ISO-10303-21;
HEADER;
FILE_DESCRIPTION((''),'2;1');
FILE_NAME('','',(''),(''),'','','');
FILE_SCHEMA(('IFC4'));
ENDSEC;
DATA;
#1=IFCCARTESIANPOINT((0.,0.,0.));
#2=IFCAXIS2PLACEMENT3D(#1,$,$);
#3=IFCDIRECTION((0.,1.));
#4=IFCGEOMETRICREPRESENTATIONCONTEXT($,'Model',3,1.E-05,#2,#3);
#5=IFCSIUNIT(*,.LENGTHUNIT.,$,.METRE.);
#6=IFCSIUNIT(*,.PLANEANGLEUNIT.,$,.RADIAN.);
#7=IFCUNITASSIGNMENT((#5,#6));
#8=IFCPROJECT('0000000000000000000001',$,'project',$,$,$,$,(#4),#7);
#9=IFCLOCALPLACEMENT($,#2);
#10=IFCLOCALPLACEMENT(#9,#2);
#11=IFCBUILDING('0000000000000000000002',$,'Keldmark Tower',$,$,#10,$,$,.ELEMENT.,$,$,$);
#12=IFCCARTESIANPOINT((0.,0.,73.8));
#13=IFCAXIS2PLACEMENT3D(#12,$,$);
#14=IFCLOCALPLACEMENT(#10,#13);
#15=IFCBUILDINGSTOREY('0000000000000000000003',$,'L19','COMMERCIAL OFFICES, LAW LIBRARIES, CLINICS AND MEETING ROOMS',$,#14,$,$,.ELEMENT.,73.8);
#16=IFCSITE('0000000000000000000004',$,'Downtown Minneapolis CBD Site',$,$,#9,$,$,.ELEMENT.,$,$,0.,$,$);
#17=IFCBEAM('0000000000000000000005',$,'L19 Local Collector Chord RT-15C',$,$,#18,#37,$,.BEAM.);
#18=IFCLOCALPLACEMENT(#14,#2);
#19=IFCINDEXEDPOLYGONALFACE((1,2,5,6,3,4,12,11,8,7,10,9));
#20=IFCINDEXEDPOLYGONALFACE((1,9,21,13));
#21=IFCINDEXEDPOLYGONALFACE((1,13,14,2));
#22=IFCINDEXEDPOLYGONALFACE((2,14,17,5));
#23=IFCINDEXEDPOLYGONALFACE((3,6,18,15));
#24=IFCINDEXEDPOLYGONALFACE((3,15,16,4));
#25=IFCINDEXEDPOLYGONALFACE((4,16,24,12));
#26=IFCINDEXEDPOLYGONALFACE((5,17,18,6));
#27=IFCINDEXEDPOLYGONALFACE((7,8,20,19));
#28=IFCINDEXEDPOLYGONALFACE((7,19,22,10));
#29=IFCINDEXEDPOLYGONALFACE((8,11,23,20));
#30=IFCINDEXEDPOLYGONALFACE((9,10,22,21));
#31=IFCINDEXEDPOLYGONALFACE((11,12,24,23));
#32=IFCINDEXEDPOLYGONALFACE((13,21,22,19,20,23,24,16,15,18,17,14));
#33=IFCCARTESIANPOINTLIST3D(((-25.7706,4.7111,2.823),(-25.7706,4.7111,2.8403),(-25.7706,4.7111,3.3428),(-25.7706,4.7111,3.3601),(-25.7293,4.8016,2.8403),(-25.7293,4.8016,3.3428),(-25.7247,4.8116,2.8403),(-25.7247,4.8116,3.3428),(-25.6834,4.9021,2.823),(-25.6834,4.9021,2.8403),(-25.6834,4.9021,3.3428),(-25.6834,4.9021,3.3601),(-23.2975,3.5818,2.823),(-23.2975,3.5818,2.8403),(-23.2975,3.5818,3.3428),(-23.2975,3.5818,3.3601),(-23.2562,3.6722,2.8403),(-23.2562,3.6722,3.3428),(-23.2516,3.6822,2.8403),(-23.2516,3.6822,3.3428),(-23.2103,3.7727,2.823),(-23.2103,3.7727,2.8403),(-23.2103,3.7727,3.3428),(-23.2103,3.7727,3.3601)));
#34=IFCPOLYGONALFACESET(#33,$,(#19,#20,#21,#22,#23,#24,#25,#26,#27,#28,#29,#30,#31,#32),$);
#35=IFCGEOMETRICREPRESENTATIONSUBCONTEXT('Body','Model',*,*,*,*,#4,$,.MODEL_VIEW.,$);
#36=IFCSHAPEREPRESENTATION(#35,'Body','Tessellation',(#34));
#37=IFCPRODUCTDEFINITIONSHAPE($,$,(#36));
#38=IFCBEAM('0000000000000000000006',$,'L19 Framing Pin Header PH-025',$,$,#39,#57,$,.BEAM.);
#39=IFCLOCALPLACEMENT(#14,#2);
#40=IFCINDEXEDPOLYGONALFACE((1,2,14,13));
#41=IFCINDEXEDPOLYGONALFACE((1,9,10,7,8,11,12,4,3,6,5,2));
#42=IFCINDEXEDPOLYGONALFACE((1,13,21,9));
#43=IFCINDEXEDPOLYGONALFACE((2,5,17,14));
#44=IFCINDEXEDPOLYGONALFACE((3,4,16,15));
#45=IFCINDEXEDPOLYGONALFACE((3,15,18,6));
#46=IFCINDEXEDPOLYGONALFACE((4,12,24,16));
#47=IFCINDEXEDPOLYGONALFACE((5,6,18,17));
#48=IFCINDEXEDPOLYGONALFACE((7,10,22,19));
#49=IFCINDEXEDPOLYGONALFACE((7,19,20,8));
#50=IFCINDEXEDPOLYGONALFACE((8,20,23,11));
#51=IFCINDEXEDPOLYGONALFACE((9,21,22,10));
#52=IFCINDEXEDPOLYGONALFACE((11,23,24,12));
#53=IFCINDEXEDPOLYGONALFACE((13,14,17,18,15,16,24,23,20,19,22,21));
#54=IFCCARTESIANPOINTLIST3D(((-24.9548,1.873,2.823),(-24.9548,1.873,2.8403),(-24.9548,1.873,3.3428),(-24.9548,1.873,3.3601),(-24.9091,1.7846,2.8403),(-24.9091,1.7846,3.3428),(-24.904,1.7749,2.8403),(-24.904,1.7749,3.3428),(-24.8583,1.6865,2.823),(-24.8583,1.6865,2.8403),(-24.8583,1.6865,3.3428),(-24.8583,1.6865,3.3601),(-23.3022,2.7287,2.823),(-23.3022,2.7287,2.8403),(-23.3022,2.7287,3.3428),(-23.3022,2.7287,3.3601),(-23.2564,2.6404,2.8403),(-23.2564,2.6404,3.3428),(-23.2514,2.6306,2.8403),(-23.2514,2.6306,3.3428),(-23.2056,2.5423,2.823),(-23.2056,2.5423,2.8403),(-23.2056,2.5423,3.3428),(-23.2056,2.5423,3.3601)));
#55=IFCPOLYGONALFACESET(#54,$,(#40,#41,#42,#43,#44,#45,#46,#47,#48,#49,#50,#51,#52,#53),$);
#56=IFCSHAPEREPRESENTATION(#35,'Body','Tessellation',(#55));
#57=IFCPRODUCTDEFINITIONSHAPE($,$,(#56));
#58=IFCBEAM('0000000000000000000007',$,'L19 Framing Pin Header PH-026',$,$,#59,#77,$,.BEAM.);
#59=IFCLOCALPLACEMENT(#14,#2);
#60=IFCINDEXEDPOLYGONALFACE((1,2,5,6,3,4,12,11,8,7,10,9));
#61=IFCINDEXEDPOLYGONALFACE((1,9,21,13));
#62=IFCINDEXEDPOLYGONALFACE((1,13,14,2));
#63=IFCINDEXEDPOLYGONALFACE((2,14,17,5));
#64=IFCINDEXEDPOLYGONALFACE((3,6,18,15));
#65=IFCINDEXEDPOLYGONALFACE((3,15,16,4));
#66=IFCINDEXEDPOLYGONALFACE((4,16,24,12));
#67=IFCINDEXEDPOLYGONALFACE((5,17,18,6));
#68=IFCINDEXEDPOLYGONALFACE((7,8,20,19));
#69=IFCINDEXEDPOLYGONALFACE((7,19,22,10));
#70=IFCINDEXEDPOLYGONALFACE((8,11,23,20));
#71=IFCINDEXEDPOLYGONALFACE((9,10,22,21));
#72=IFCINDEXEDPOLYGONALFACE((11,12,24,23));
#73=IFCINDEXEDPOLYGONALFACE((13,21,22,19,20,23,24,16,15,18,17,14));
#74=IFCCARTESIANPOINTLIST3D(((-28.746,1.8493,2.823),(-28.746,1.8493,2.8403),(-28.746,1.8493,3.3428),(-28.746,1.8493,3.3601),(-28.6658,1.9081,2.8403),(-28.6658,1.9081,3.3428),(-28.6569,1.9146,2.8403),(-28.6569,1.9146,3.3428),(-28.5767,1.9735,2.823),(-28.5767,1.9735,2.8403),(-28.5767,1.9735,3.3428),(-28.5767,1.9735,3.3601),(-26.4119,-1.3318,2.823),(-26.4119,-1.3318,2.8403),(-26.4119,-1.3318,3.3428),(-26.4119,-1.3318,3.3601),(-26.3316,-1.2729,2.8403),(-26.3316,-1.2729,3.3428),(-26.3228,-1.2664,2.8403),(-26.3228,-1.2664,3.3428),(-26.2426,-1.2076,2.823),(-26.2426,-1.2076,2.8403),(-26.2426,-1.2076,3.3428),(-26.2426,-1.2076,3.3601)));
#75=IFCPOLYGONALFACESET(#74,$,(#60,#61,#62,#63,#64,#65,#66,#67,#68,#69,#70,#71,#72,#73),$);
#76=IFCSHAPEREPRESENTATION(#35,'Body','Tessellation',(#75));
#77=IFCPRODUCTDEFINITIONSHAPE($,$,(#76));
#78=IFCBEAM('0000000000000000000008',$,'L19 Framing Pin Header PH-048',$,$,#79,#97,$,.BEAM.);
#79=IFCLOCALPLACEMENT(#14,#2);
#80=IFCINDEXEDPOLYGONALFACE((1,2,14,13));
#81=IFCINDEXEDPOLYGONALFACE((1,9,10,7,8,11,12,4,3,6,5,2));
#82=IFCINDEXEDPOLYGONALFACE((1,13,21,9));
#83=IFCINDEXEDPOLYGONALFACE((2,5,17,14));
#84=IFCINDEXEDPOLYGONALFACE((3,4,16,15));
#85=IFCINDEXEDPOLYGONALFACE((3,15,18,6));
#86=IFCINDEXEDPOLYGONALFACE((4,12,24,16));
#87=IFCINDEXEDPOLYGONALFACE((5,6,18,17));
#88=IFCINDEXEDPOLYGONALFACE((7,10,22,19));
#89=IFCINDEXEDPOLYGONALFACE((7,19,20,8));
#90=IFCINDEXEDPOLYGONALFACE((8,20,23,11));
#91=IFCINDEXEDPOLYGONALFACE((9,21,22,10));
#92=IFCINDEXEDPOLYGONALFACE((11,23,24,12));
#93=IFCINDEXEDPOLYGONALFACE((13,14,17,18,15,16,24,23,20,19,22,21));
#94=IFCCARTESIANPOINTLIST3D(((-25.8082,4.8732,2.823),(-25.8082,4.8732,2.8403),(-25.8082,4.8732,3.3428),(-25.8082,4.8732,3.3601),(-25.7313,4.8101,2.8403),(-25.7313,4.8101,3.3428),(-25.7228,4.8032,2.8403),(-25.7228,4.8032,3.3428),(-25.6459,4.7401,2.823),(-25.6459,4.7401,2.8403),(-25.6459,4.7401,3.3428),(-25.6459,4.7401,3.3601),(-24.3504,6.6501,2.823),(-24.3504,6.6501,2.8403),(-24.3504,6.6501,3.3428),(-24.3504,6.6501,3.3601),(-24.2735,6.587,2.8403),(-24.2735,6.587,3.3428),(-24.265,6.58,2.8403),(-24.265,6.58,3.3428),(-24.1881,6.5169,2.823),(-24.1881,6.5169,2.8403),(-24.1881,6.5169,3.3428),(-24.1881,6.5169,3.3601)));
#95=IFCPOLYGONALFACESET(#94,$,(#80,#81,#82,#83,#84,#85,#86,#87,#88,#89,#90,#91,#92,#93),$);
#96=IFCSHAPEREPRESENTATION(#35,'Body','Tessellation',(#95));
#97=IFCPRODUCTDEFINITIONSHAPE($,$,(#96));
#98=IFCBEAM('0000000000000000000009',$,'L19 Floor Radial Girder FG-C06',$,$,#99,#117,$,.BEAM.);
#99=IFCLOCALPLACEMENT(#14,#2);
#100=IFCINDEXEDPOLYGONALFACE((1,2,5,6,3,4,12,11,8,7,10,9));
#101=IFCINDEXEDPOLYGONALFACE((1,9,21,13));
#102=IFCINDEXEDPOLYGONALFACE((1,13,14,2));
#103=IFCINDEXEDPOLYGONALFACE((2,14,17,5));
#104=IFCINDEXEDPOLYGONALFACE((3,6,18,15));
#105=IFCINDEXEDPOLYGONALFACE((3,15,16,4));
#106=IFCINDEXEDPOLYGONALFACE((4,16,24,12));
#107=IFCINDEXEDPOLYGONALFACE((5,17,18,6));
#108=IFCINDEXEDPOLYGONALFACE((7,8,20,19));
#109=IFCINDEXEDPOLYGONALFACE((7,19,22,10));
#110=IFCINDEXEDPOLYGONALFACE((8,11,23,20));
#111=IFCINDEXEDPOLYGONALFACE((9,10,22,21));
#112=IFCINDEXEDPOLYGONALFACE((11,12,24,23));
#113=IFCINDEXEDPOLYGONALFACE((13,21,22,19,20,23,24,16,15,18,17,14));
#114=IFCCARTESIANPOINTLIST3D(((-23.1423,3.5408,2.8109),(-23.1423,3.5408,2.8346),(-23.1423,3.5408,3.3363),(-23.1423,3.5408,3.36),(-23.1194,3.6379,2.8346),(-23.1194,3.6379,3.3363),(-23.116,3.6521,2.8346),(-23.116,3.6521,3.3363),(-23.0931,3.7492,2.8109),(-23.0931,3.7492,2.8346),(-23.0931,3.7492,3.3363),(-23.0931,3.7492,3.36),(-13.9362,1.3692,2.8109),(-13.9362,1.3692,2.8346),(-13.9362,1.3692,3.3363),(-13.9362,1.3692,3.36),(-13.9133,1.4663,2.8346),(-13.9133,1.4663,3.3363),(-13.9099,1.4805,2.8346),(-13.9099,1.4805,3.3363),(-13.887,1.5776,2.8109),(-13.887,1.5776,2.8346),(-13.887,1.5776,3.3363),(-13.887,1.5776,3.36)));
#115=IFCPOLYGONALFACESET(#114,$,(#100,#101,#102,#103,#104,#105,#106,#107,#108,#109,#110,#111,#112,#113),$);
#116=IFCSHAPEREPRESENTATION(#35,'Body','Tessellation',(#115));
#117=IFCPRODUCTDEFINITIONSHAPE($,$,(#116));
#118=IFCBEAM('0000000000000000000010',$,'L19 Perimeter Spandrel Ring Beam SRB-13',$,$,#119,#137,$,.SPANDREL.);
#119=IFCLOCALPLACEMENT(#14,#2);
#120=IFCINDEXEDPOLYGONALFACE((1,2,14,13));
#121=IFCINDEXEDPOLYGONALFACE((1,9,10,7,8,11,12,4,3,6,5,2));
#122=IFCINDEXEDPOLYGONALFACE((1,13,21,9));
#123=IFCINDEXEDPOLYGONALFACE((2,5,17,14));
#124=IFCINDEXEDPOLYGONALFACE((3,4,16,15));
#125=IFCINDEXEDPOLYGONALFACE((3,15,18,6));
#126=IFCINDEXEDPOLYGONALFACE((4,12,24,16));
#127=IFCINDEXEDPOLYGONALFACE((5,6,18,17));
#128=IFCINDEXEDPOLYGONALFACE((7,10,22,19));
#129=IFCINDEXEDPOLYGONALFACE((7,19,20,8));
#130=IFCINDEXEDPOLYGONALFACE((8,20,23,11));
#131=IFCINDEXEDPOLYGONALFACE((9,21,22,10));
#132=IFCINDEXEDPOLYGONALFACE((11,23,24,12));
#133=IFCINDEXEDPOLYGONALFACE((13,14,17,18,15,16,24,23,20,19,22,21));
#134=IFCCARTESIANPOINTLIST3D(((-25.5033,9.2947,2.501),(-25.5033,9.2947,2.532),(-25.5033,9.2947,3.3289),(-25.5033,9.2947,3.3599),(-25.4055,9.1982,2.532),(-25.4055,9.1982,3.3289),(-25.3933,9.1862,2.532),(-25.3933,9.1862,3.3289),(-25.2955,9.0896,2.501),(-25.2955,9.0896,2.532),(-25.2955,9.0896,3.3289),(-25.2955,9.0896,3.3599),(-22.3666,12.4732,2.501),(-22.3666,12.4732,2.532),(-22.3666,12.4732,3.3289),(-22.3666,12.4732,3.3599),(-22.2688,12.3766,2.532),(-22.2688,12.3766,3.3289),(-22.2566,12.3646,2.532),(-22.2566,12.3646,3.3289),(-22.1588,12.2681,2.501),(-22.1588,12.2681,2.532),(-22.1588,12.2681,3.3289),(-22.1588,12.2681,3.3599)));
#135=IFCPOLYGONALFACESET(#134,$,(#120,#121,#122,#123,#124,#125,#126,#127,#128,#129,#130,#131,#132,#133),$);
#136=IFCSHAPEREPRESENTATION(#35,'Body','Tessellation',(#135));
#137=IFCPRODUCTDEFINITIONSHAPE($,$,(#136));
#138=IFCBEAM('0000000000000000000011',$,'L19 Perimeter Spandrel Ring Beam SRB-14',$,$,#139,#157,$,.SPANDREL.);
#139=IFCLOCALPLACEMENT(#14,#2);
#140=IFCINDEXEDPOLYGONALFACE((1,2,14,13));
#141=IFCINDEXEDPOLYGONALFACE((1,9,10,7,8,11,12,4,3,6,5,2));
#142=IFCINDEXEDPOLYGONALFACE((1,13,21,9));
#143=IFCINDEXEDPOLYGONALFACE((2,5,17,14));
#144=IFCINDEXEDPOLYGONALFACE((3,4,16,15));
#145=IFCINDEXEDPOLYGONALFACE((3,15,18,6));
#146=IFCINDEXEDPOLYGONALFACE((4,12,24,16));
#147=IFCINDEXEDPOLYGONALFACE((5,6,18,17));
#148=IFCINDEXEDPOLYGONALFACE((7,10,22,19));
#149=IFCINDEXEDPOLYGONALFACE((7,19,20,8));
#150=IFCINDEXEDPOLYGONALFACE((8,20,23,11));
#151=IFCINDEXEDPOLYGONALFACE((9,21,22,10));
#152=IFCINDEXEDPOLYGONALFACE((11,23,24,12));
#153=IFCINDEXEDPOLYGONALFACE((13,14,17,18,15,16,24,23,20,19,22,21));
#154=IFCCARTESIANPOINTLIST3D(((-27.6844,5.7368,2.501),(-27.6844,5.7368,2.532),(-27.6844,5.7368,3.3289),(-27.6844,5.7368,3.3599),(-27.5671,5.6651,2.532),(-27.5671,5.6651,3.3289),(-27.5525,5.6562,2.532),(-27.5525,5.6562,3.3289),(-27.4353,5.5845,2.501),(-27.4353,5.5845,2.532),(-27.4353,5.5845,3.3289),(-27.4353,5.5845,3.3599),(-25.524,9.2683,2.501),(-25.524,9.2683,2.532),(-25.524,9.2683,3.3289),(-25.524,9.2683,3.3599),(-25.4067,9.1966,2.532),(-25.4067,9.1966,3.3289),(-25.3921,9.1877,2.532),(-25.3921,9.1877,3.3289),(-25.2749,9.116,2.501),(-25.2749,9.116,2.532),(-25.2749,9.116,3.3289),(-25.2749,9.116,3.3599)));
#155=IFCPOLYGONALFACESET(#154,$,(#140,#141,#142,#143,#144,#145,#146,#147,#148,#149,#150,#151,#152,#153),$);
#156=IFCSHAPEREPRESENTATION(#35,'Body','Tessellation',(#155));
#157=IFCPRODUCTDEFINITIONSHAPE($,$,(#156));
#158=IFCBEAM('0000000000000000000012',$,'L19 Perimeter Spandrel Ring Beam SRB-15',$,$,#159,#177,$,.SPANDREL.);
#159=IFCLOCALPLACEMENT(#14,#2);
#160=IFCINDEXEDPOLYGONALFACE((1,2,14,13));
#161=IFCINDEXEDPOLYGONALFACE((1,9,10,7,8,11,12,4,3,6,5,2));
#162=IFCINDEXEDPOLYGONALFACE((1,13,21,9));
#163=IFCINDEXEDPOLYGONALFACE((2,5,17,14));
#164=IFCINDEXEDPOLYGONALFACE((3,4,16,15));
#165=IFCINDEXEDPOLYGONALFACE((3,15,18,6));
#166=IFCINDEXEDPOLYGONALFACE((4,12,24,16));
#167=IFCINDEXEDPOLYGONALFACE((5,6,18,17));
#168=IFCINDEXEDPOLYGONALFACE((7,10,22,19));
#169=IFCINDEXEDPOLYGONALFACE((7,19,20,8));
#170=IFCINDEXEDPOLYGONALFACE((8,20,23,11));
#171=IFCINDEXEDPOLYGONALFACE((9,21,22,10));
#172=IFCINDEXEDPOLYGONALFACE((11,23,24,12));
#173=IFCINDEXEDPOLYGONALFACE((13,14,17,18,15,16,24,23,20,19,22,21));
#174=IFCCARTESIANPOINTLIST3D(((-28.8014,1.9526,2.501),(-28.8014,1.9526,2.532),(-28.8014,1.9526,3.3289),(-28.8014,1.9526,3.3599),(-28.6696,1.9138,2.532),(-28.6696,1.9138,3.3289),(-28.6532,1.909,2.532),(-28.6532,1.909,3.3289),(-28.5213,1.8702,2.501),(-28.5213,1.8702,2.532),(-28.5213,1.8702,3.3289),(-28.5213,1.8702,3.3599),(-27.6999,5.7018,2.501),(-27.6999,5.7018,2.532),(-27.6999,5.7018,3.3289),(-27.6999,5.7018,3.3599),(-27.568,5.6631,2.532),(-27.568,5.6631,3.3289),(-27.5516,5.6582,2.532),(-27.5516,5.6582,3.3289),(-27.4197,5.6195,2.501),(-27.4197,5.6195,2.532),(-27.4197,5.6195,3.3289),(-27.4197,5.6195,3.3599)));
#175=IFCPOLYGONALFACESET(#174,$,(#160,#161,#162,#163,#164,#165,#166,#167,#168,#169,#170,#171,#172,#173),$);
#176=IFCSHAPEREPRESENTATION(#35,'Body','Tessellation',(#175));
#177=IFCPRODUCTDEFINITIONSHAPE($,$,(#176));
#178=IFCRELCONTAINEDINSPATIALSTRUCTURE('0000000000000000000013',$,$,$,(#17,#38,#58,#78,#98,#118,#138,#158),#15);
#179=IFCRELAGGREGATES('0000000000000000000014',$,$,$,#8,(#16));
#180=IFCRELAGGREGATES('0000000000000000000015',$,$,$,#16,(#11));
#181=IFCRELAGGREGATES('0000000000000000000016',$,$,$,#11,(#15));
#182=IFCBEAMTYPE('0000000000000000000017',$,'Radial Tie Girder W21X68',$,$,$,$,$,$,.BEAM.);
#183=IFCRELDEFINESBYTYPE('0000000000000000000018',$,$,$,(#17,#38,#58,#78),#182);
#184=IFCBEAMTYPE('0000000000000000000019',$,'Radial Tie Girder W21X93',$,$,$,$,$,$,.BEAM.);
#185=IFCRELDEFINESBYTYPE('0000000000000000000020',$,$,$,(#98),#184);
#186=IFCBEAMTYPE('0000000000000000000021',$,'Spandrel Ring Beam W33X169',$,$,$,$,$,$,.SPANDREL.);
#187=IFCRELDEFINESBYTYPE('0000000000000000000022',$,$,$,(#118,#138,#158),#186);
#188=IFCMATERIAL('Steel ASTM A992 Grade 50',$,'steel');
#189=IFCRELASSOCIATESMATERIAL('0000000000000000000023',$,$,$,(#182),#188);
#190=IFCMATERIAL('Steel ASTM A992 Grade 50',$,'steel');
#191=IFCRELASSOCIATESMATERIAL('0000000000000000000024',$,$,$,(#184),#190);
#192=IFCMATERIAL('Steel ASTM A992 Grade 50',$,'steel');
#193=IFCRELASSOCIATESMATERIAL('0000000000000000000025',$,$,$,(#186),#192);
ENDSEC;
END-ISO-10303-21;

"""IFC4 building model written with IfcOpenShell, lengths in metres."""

from ifc_helpers import new_model, si_unit, direction, frame, origin, origin_2d, place, context, subcontext, project, spatial, i_section, extrude, material, material_profile, profile_set, type_object, element, save


model = new_model("IFC4")

# Units and contexts
model_context = context("Model", 3, precision=1e-05, world=origin(), true_north=direction((0.0, 1.0)))
body_context = subcontext(model_context, "Body", "Model", "MODEL_VIEW")
ifc_project = project(units=[si_unit("LENGTHUNIT", "METRE"), si_unit("PLANEANGLEUNIT", "RADIAN")], contexts=[model_context])

# Site, building, storey
site_placement = place(None, origin())
site = spatial("IfcSite", under=ifc_project, at=site_placement, Name="Downtown Minneapolis CBD Site", CompositionType="ELEMENT", RefElevation=0.0)
building_placement = place(site_placement, origin())
building = spatial("IfcBuilding", under=site, at=building_placement, Name="Keldmark Tower", CompositionType="ELEMENT")
storey_placement = place(building_placement, frame((0.0, 0.0, 73.8)))
storey = spatial("IfcBuildingStorey", under=building, at=storey_placement, Name="L19", Description="COMMERCIAL OFFICES, LAW LIBRARIES, CLINICS AND MEETING ROOMS", CompositionType="ELEMENT", Elevation=73.8)

# Beams
ifc_material_1 = material(Name="Steel ASTM A992 Grade 50", Category="steel")
ifc_material_profile_1 = material_profile(ifc_material_1, i_section(OverallWidth=0.21, OverallDepth=0.5371, WebThickness=0.011, FlangeThickness=0.0173, at=origin_2d()), Name="W21X68")
ifc_profile_set_1 = profile_set([ifc_material_profile_1], Name="Steel ASTM A992 Grade 50")
beam_type_1 = type_object("IfcBeamType", Name="Radial Tie Girder W21X68", PredefinedType="BEAM", material=ifc_profile_set_1)
beam_1_placement = place(storey_placement, frame((-23.2539, 3.6772, 3.0916), z_axis=(-0.909639, 0.415399, 0.0), x_axis=(-0.415399, -0.909639, 0.0)))
element("IfcBeam", 1, at=beam_1_placement, inside=storey, type_object=beam_type_1, Name="L19 Local Collector Chord RT-15C", PredefinedType="BEAM", context=body_context, shape_type="SweptSolid", body=[
    extrude(i_section(OverallWidth=0.21, OverallDepth=0.5371, WebThickness=0.011, FlangeThickness=0.0173, at=origin_2d()), origin(), (0.0, 0.0, 1.0), 2.7188),
])
beam_2_placement = place(storey_placement, frame((-23.2539, 2.6355, 3.0916), z_axis=(-0.888014, -0.459815, 0.0), x_axis=(0.459815, -0.888014, 0.0)))
element("IfcBeam", 2, at=beam_2_placement, inside=storey, type_object=beam_type_1, Name="L19 Framing Pin Header PH-025", PredefinedType="BEAM", context=body_context, shape_type="SweptSolid", body=[
    extrude(i_section(OverallWidth=0.21, OverallDepth=0.5371, WebThickness=0.011, FlangeThickness=0.0173, at=origin_2d()), origin(), (0.0, 0.0, 1.0), 1.8611),
])
beam_3_placement = place(storey_placement, frame((-28.6614, 1.9114, 3.0916), z_axis=(0.591592, -0.806238, 0.0), x_axis=(0.806238, 0.591592, 0.0)))
element("IfcBeam", 3, at=beam_3_placement, inside=storey, type_object=beam_type_1, Name="L19 Framing Pin Header PH-026", PredefinedType="BEAM", context=body_context, shape_type="SweptSolid", body=[
    extrude(i_section(OverallWidth=0.21, OverallDepth=0.5371, WebThickness=0.011, FlangeThickness=0.0173, at=origin_2d()), origin(), (0.0, 0.0, 1.0), 3.9456),
])
beam_4_placement = place(storey_placement, frame((-25.7271, 4.8066, 3.0916), z_axis=(0.634273, 0.773109, 0.0), x_axis=(-0.773109, 0.634273, 0.0)))
element("IfcBeam", 4, at=beam_4_placement, inside=storey, type_object=beam_type_1, Name="L19 Framing Pin Header PH-048", PredefinedType="BEAM", context=body_context, shape_type="SweptSolid", body=[
    extrude(i_section(OverallWidth=0.21, OverallDepth=0.5371, WebThickness=0.011, FlangeThickness=0.0173, at=origin_2d()), origin(), (0.0, 0.0, 1.0), 2.2983),
])
ifc_material_2 = material(Name="Steel ASTM A992 Grade 50", Category="steel")
ifc_material_profile_2 = material_profile(ifc_material_2, i_section(OverallWidth=0.2141, OverallDepth=0.5491, WebThickness=0.0146, FlangeThickness=0.0237, at=origin_2d()), Name="W21X93")
ifc_profile_set_2 = profile_set([ifc_material_profile_2], Name="Steel ASTM A992 Grade 50")
beam_type_2 = type_object("IfcBeamType", Name="Radial Tie Girder W21X93", PredefinedType="BEAM", material=ifc_profile_set_2)
beam_5_placement = place(storey_placement, frame((-23.1177, 3.645, 3.0854), z_axis=(0.973287, -0.22959, 0.0), x_axis=(0.22959, 0.973287, 0.0)))
element("IfcBeam", 5, at=beam_5_placement, inside=storey, type_object=beam_type_2, Name="L19 Floor Radial Girder FG-C06", PredefinedType="BEAM", context=body_context, shape_type="SweptSolid", body=[
    extrude(i_section(OverallWidth=0.2141, OverallDepth=0.5491, WebThickness=0.0146, FlangeThickness=0.0237, at=origin_2d()), origin(), (0.0, 0.0, 1.0), 9.4587),
])
ifc_material_3 = material(Name="Steel ASTM A992 Grade 50", Category="steel")
ifc_material_profile_3 = material_profile(ifc_material_3, i_section(OverallWidth=0.292, OverallDepth=0.8589, WebThickness=0.0171, FlangeThickness=0.031, at=origin_2d()), Name="W33X169")
ifc_profile_set_3 = profile_set([ifc_material_profile_3], Name="Steel ASTM A992 Grade 50")
beam_type_3 = type_object("IfcBeamType", Name="Spandrel Ring Beam W33X169", PredefinedType="SPANDREL", material=ifc_profile_set_3)
beam_6_placement = place(storey_placement, frame((-22.2627, 12.3706, 2.9304), z_axis=(-0.702417, -0.711766, 0.0), x_axis=(0.711766, -0.702417, 0.0)))
element("IfcBeam", 6, at=beam_6_placement, inside=storey, type_object=beam_type_3, Name="L19 Perimeter Spandrel Ring Beam SRB-13", PredefinedType="SPANDREL", context=body_context, shape_type="SweptSolid", body=[
    extrude(i_section(OverallWidth=0.292, OverallDepth=0.8589, WebThickness=0.0171, FlangeThickness=0.031, at=origin_2d()), origin(), (0.0, 0.0, 1.0), 4.4656),
])
beam_7_placement = place(storey_placement, frame((-25.3994, 9.1921, 2.9304), z_axis=(-0.521848, -0.853038, 0.0), x_axis=(0.853038, -0.521848, 0.0)))
element("IfcBeam", 7, at=beam_7_placement, inside=storey, type_object=beam_type_3, Name="L19 Perimeter Spandrel Ring Beam SRB-14", PredefinedType="SPANDREL", context=body_context, shape_type="SweptSolid", body=[
    extrude(i_section(OverallWidth=0.292, OverallDepth=0.8589, WebThickness=0.0171, FlangeThickness=0.031, at=origin_2d()), origin(), (0.0, 0.0, 1.0), 4.1399),
])
beam_8_placement = place(storey_placement, frame((-27.5598, 5.6606, 2.9304), z_axis=(-0.281892, -0.959446, 0.0), x_axis=(0.959446, -0.281892, 0.0)))
element("IfcBeam", 8, at=beam_8_placement, inside=storey, type_object=beam_type_3, Name="L19 Perimeter Spandrel Ring Beam SRB-15", PredefinedType="SPANDREL", context=body_context, shape_type="SweptSolid", body=[
    extrude(i_section(OverallWidth=0.292, OverallDepth=0.8589, WebThickness=0.0171, FlangeThickness=0.031, at=origin_2d()), origin(), (0.0, 0.0, 1.0), 3.9077),
])

save(model, "model.ifc")
